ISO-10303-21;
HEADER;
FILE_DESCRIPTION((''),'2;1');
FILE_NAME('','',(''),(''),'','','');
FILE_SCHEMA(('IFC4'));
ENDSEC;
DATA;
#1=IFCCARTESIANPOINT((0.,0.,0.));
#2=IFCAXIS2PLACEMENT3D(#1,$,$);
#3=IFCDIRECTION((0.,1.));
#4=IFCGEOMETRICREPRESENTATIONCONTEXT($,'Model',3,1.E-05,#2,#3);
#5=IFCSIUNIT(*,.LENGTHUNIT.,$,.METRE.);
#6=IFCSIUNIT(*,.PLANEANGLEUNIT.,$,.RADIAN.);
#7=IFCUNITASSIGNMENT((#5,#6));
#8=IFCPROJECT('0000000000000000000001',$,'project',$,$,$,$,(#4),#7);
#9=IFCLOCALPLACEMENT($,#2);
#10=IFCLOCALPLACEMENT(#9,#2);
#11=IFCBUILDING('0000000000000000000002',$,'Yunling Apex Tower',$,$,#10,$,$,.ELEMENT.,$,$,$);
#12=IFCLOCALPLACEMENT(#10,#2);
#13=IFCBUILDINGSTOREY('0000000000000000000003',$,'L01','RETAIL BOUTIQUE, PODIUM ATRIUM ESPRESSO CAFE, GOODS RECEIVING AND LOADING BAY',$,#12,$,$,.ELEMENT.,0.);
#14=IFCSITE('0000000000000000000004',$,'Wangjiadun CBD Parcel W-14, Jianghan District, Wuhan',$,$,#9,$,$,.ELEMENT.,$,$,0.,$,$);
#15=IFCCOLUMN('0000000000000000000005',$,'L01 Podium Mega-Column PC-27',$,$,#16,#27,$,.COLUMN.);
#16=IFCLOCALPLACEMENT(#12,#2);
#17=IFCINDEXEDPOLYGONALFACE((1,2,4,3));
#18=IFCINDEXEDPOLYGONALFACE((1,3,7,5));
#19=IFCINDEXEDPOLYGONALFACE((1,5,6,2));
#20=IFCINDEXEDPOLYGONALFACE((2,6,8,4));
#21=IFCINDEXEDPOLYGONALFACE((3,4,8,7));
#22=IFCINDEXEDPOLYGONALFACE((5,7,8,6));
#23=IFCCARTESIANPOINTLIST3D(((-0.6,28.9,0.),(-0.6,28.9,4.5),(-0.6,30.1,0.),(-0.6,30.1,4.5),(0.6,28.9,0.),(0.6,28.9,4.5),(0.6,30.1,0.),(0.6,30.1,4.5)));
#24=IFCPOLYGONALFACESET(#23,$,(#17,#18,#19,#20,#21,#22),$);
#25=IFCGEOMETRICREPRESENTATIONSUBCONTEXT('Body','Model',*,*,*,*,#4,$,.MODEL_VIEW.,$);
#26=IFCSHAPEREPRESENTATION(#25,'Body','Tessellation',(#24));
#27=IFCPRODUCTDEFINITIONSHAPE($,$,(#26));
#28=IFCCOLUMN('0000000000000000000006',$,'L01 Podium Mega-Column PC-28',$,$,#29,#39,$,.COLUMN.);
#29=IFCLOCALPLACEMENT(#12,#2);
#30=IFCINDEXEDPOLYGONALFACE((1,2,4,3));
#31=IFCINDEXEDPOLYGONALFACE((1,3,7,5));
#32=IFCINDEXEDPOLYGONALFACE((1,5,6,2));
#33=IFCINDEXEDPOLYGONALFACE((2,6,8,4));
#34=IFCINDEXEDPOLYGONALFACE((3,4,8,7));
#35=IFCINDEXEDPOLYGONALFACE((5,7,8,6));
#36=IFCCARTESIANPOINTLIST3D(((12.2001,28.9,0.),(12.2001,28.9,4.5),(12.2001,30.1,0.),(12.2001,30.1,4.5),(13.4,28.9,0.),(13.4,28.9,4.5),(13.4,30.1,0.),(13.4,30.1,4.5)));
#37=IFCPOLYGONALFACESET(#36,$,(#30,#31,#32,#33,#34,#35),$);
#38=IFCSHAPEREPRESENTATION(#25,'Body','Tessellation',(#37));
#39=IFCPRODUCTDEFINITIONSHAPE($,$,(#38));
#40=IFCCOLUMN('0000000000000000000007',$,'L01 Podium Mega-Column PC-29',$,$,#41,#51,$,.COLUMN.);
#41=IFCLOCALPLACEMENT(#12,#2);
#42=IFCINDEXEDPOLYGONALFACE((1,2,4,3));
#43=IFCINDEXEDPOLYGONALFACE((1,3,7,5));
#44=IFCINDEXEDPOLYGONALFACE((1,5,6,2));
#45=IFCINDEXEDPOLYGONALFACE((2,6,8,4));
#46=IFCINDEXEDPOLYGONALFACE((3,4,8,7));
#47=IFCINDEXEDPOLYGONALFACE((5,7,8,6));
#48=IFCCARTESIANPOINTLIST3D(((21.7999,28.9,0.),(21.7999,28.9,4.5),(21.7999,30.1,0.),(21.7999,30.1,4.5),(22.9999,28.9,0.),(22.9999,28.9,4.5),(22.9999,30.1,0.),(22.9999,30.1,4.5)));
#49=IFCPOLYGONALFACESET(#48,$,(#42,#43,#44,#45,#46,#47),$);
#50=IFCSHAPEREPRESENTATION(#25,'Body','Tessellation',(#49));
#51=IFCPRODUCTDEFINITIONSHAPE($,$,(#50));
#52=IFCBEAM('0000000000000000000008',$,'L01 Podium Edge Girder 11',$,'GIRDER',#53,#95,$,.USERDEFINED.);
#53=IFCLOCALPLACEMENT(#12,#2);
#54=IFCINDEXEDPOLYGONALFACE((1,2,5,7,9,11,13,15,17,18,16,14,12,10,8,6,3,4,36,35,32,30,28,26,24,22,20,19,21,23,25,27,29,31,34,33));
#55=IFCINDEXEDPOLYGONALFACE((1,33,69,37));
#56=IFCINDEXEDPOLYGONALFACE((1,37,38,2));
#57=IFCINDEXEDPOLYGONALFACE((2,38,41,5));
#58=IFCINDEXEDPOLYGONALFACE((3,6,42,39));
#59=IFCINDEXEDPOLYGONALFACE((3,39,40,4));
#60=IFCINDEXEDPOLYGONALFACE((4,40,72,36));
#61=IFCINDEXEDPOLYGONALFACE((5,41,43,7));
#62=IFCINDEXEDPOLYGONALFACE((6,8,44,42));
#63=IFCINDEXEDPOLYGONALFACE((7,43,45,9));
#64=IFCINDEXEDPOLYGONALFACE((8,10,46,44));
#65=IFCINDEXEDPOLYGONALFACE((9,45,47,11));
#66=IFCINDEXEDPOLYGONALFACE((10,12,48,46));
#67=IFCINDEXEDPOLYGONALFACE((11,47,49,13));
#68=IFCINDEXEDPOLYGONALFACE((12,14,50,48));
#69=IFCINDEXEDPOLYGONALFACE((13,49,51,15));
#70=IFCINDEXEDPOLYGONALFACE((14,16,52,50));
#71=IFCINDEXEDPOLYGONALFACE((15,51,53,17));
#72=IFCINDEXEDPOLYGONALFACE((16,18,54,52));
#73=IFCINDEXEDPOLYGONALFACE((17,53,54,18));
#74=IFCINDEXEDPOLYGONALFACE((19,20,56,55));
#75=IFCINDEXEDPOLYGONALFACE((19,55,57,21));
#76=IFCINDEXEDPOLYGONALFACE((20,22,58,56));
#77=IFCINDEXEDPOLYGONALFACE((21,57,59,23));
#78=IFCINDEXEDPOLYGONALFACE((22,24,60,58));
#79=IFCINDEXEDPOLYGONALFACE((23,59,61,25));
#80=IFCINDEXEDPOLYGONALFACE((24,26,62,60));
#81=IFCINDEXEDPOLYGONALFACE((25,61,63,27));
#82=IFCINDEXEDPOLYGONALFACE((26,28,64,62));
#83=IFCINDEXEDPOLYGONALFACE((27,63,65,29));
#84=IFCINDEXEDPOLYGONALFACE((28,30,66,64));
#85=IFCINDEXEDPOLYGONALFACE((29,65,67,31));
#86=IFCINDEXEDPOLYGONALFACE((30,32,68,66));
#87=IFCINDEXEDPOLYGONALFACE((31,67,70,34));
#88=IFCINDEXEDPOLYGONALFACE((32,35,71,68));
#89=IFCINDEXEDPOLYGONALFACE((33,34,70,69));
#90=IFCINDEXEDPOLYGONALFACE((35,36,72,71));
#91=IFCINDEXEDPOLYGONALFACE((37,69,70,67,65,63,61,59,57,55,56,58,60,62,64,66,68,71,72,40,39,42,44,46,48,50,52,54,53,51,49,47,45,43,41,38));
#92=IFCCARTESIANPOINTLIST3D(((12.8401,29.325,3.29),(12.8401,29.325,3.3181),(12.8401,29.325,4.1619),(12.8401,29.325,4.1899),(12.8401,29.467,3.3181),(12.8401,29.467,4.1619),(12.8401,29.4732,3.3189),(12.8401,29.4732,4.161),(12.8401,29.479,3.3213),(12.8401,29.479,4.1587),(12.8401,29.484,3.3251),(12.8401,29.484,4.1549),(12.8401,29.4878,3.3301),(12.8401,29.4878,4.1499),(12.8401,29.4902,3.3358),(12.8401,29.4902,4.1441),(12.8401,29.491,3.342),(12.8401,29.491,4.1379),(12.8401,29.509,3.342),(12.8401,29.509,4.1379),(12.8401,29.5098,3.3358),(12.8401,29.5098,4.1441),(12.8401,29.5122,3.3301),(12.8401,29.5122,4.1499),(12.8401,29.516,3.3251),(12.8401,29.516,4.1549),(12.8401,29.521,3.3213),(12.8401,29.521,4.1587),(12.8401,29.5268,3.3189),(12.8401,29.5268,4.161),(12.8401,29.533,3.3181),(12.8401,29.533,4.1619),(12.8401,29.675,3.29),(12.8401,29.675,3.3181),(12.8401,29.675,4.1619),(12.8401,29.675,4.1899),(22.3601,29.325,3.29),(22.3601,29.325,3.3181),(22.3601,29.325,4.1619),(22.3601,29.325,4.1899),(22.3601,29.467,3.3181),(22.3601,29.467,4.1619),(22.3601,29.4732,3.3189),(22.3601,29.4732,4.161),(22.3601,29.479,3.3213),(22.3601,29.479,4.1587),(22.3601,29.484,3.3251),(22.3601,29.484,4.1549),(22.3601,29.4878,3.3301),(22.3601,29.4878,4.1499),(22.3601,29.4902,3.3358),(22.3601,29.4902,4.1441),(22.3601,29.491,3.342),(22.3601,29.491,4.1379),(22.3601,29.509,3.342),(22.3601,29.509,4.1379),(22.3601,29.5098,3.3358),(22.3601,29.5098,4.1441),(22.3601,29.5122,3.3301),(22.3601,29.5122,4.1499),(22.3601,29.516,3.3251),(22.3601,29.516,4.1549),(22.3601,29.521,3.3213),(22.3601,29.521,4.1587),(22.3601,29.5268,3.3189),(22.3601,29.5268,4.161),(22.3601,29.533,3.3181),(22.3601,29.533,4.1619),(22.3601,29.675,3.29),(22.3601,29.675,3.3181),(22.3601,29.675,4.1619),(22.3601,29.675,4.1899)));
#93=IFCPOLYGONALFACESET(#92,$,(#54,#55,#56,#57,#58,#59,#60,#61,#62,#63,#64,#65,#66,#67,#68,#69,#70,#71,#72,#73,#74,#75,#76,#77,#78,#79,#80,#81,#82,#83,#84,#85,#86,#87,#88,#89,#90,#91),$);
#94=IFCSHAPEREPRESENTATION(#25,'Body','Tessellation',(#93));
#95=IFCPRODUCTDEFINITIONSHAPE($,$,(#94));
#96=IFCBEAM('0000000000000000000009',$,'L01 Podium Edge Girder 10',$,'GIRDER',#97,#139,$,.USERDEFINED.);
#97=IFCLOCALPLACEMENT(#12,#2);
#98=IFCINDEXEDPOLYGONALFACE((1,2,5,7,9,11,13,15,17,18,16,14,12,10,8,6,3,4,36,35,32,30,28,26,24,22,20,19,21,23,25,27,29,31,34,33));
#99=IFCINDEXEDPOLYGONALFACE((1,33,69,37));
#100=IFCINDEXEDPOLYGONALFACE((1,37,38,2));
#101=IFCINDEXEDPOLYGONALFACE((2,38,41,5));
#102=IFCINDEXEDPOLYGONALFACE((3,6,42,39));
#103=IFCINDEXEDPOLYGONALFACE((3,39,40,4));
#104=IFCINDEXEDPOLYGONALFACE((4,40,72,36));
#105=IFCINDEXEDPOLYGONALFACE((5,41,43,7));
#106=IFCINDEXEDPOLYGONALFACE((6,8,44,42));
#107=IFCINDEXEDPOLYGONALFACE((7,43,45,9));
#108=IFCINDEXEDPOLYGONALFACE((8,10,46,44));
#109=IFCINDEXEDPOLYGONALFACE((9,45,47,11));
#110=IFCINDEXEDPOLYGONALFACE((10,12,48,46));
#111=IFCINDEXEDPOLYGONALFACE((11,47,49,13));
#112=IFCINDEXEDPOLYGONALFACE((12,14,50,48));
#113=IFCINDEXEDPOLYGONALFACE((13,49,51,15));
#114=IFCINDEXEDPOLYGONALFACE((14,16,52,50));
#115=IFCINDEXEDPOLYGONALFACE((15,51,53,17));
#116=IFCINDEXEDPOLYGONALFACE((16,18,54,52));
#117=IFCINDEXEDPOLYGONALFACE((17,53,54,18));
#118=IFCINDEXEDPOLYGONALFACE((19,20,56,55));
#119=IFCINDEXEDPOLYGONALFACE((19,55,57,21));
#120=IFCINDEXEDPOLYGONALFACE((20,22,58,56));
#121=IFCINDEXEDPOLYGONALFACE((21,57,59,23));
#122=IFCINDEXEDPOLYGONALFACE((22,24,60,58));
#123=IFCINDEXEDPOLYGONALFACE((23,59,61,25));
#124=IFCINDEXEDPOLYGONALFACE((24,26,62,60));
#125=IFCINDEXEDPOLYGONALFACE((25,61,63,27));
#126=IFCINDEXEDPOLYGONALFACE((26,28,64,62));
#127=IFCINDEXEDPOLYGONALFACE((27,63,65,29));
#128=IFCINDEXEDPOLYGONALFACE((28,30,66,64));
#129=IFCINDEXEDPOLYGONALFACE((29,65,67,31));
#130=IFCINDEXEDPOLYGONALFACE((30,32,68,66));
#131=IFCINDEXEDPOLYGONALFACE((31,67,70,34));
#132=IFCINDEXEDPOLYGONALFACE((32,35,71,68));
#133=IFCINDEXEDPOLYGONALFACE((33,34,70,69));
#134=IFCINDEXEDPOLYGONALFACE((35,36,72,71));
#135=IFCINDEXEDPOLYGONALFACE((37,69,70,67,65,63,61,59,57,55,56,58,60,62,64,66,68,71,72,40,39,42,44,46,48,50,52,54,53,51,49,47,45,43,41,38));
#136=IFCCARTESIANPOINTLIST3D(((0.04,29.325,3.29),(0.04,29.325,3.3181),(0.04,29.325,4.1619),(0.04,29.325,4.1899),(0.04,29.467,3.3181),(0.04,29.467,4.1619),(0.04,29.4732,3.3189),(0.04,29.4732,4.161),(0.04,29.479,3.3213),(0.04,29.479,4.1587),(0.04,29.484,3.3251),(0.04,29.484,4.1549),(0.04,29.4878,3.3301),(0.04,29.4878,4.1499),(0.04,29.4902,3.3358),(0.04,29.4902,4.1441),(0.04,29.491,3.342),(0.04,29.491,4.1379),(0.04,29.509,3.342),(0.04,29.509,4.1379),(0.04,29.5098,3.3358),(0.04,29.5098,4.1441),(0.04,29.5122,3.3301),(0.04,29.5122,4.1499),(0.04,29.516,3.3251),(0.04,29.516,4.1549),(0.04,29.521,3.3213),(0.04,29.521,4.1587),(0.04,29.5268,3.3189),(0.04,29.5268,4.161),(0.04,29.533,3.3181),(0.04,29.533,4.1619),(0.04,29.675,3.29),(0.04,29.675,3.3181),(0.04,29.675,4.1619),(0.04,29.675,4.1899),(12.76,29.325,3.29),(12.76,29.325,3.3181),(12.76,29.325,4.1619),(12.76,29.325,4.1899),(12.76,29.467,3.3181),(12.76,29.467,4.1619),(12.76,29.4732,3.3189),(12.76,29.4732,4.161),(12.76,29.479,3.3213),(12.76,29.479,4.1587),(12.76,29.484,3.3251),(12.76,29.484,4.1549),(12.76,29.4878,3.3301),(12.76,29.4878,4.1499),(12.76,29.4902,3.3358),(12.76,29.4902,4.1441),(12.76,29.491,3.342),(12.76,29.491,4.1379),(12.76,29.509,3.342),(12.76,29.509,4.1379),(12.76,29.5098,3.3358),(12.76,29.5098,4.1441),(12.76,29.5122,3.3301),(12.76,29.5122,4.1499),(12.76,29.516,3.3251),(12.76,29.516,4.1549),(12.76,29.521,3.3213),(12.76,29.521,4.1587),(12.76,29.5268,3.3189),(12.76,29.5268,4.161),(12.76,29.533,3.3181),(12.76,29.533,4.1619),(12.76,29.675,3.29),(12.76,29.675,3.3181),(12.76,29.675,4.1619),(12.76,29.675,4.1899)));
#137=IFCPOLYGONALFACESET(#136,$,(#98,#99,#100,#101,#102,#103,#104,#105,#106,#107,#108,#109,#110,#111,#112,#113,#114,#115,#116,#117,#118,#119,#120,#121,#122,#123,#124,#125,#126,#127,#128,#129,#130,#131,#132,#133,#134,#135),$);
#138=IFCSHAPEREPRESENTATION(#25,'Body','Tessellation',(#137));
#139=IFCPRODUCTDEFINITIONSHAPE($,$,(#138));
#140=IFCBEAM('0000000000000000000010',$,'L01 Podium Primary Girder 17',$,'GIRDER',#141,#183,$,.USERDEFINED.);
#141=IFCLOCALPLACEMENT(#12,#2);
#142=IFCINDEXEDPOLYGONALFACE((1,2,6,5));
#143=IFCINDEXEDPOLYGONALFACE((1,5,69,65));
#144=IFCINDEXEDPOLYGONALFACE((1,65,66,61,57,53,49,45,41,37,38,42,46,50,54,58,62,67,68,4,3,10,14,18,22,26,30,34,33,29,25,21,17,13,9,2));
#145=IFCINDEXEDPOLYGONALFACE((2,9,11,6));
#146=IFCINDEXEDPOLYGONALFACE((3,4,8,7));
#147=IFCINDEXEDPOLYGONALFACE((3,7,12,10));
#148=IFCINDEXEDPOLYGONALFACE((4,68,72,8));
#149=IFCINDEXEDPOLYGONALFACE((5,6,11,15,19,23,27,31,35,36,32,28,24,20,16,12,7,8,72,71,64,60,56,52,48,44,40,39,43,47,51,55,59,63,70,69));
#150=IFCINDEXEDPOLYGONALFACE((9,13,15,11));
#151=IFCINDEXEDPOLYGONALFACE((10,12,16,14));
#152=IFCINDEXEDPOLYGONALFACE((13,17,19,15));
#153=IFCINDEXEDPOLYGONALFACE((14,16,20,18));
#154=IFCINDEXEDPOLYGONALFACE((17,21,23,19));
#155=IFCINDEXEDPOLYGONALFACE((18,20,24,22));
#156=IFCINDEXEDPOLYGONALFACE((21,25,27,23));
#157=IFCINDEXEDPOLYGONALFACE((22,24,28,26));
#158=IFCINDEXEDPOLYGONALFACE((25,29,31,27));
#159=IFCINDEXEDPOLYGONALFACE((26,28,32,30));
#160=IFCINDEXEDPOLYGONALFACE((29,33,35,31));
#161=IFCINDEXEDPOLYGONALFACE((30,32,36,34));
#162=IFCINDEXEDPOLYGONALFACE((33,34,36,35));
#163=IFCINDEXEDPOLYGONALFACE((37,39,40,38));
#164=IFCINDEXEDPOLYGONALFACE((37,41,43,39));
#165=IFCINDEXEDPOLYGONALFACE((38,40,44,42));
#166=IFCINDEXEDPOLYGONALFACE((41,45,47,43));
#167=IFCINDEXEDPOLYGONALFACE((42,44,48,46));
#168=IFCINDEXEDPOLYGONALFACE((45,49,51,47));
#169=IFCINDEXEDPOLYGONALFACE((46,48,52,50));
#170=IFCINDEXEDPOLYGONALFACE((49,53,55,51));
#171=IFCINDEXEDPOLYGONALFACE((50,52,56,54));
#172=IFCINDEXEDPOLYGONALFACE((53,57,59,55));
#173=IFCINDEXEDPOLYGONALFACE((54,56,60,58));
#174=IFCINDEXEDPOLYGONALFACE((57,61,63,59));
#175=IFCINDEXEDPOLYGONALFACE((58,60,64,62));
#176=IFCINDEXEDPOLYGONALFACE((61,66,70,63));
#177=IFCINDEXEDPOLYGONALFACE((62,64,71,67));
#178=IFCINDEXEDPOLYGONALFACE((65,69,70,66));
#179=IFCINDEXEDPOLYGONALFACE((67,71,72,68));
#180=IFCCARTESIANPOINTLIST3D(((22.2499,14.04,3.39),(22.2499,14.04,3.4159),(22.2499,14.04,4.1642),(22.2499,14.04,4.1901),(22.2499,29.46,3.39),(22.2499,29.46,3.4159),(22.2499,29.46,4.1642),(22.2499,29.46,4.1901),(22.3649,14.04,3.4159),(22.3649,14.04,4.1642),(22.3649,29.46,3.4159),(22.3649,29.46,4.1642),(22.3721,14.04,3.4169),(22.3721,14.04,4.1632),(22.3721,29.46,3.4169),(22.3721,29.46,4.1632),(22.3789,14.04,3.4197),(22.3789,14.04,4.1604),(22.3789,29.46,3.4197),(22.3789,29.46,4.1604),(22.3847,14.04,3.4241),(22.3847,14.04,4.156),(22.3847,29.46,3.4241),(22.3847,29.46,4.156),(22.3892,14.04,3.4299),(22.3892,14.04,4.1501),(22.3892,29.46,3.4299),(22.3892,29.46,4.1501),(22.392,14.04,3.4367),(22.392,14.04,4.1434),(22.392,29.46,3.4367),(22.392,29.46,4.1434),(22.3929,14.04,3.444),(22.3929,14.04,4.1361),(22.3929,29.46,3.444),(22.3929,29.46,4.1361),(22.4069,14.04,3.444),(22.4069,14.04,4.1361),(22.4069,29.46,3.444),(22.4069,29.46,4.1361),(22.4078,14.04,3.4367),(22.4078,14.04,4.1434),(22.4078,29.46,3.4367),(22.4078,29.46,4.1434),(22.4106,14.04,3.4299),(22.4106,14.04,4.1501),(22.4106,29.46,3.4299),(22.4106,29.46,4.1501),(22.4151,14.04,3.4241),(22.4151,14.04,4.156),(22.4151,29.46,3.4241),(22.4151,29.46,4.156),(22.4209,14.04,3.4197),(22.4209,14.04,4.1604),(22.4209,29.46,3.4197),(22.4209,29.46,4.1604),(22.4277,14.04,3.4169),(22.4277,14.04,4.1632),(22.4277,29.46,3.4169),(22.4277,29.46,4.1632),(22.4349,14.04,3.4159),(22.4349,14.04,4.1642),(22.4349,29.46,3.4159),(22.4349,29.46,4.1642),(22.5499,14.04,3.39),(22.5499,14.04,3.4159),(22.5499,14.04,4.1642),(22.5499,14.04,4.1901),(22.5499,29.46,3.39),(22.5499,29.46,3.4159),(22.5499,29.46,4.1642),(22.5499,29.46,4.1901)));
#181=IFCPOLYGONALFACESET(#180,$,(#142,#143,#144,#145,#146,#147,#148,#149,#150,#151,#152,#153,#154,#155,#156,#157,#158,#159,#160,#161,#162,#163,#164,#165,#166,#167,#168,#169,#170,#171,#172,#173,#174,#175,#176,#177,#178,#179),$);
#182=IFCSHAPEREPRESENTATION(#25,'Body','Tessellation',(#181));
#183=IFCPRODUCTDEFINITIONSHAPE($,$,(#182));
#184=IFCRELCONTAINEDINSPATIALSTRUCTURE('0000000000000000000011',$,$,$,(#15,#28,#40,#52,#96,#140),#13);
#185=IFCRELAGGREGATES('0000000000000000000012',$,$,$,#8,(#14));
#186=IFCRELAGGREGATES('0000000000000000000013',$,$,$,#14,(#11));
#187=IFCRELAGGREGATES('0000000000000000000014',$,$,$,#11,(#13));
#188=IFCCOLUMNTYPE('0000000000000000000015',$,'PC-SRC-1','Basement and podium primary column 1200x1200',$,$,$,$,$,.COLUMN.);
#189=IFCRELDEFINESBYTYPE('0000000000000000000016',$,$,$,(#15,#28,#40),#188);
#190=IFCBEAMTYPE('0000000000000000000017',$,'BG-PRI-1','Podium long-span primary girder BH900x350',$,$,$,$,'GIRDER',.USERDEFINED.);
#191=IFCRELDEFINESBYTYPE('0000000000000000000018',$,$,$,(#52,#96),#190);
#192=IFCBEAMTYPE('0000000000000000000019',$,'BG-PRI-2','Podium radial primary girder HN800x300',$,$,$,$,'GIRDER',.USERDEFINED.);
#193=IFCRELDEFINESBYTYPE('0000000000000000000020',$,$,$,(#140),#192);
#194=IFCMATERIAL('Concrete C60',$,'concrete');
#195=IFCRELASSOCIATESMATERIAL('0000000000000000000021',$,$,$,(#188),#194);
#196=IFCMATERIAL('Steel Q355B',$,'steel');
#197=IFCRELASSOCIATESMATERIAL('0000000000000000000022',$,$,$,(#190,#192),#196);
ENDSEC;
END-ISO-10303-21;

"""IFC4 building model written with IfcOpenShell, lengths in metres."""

from ifc_helpers import new_model, si_unit, direction, frame, origin, origin_2d, place, context, subcontext, project, spatial, rectangle, i_section, extrude, source, transform, mapped, material, material_profile, profile_set, type_object, element, save


model = new_model("IFC4")

# Units and contexts
model_context = context("Model", 3, precision=1e-05, world=origin(), true_north=direction((0.0, 1.0)))
body_context = subcontext(model_context, "Body", "Model", "MODEL_VIEW")
ifc_project = project(units=[si_unit("LENGTHUNIT", "METRE"), si_unit("PLANEANGLEUNIT", "RADIAN")], contexts=[model_context])

# Site, building, storey
site_placement = place(None, origin())
site = spatial("IfcSite", under=ifc_project, at=site_placement, Name="Wangjiadun CBD Parcel W-14, Jianghan District, Wuhan", CompositionType="ELEMENT", RefElevation=0.0)
building_placement = place(site_placement, origin())
building = spatial("IfcBuilding", under=site, at=building_placement, Name="Yunling Apex Tower", CompositionType="ELEMENT")
storey_placement = place(building_placement, origin())
storey = spatial("IfcBuildingStorey", under=building, at=storey_placement, Name="L01", Description="RETAIL BOUTIQUE, PODIUM ATRIUM ESPRESSO CAFE, GOODS RECEIVING AND LOADING BAY", CompositionType="ELEMENT", Elevation=0.0)

# Columns
ifc_material_1 = material(Name="Concrete C60", Category="concrete")
ifc_material_profile_1 = material_profile(ifc_material_1, rectangle(XDim=1.2, YDim=1.2, at=origin_2d()))
ifc_profile_set_1 = profile_set([ifc_material_profile_1], Name="Concrete C60")
column_type = type_object("IfcColumnType", Name="PC-SRC-1", Description="Basement and podium primary column 1200x1200", PredefinedType="COLUMN", material=ifc_profile_set_1)
shared_shape_1 = source(origin(), body_context, "Body", "SweptSolid", [
    extrude(rectangle(XDim=1.2, YDim=1.2, at=origin_2d()), origin(), (0.0, 0.0, 1.0), 4.5),
])
for number, where, z_axis, x_axis, name in (
    (1, (0.0, 29.5, 0.0), (0.0, 0.0, 1.0), (1.0, 0.0, 0.0), "L01 Podium Mega-Column PC-27"),
    (2, (12.8, 29.5, 0.0), (0.0, 0.0, 1.0), (1.0, 0.0, 0.0), "L01 Podium Mega-Column PC-28"),
    (3, (22.3999, 29.5, 0.0), (0.0, 0.0, 1.0), (1.0, 0.0, 0.0), "L01 Podium Mega-Column PC-29"),
):
    element("IfcColumn", number, at=place(storey_placement, frame(where, z_axis=z_axis, x_axis=x_axis)), inside=storey, type_object=column_type, Name=name, PredefinedType="COLUMN", context=body_context, shape_type="MappedRepresentation", body=[
        mapped(shared_shape_1, transform((0.0, 0.0, 0.0), scale=1.0)),
    ])

# Beams
ifc_material_2 = material(Name="Steel Q355B", Category="steel")
ifc_material_profile_2 = material_profile(ifc_material_2, i_section(OverallWidth=0.3501, OverallDepth=0.8999, WebThickness=0.0181, FlangeThickness=0.0281, FilletRadius=0.0239, at=origin_2d()))
ifc_profile_set_2 = profile_set([ifc_material_profile_2], Name="Steel Q355B")
beam_type_1 = type_object("IfcBeamType", Name="BG-PRI-1", Description="Podium long-span primary girder BH900x350", ElementType="GIRDER", PredefinedType="USERDEFINED", material=ifc_profile_set_2)
shared_shape_2 = source(origin(), body_context, "Body", "SweptSolid", [
    extrude(i_section(OverallWidth=0.3501, OverallDepth=0.8999, WebThickness=0.0181, FlangeThickness=0.0281, FilletRadius=0.0239, at=origin_2d()), origin(), (0.0, 0.0, 1.0), 9.52),
])
beam_1_placement = place(storey_placement, frame((12.8401, 29.5, 3.74), z_axis=(1.0, 0.0, 0.0), x_axis=(0.0, 1.0, 0.0)))
element("IfcBeam", 4, at=beam_1_placement, inside=storey, type_object=beam_type_1, Name="L01 Podium Edge Girder 11", ObjectType="GIRDER", PredefinedType="USERDEFINED", context=body_context, shape_type="MappedRepresentation", body=[
    mapped(shared_shape_2, transform((0.0, 0.0, 0.0), scale=1.0)),
])
shared_shape_3 = source(origin(), body_context, "Body", "SweptSolid", [
    extrude(i_section(OverallWidth=0.3501, OverallDepth=0.8999, WebThickness=0.0181, FlangeThickness=0.0281, FilletRadius=0.0239, at=origin_2d()), origin(), (0.0, 0.0, 1.0), 12.72),
])
beam_2_placement = place(storey_placement, frame((0.04, 29.5, 3.74), z_axis=(1.0, 0.0, 0.0), x_axis=(0.0, 1.0, 0.0)))
element("IfcBeam", 5, at=beam_2_placement, inside=storey, type_object=beam_type_1, Name="L01 Podium Edge Girder 10", ObjectType="GIRDER", PredefinedType="USERDEFINED", context=body_context, shape_type="MappedRepresentation", body=[
    mapped(shared_shape_3, transform((0.0, 0.0, 0.0), scale=1.0)),
])
ifc_material_profile_3 = material_profile(ifc_material_2, i_section(OverallWidth=0.3, OverallDepth=0.8, WebThickness=0.0139, FlangeThickness=0.0259, FilletRadius=0.0281, at=origin_2d()))
ifc_profile_set_3 = profile_set([ifc_material_profile_3], Name="Steel Q355B")
beam_type_2 = type_object("IfcBeamType", Name="BG-PRI-2", Description="Podium radial primary girder HN800x300", ElementType="GIRDER", PredefinedType="USERDEFINED", material=ifc_profile_set_3)
shared_shape_4 = source(origin(), body_context, "Body", "SweptSolid", [
    extrude(i_section(OverallWidth=0.3, OverallDepth=0.8, WebThickness=0.0139, FlangeThickness=0.0259, FilletRadius=0.0281, at=origin_2d()), origin(), (0.0, 0.0, 1.0), 15.4199),
])
beam_3_placement = place(storey_placement, frame((22.3999, 29.46, 3.79), z_axis=(0.0, -1.0, 0.0), x_axis=(1.0, 0.0, 0.0)))
element("IfcBeam", 6, at=beam_3_placement, inside=storey, type_object=beam_type_2, Name="L01 Podium Primary Girder 17", ObjectType="GIRDER", PredefinedType="USERDEFINED", context=body_context, shape_type="MappedRepresentation", body=[
    mapped(shared_shape_4, transform((0.0, 0.0, 0.0), scale=1.0)),
])

save(model, "model.ifc")
